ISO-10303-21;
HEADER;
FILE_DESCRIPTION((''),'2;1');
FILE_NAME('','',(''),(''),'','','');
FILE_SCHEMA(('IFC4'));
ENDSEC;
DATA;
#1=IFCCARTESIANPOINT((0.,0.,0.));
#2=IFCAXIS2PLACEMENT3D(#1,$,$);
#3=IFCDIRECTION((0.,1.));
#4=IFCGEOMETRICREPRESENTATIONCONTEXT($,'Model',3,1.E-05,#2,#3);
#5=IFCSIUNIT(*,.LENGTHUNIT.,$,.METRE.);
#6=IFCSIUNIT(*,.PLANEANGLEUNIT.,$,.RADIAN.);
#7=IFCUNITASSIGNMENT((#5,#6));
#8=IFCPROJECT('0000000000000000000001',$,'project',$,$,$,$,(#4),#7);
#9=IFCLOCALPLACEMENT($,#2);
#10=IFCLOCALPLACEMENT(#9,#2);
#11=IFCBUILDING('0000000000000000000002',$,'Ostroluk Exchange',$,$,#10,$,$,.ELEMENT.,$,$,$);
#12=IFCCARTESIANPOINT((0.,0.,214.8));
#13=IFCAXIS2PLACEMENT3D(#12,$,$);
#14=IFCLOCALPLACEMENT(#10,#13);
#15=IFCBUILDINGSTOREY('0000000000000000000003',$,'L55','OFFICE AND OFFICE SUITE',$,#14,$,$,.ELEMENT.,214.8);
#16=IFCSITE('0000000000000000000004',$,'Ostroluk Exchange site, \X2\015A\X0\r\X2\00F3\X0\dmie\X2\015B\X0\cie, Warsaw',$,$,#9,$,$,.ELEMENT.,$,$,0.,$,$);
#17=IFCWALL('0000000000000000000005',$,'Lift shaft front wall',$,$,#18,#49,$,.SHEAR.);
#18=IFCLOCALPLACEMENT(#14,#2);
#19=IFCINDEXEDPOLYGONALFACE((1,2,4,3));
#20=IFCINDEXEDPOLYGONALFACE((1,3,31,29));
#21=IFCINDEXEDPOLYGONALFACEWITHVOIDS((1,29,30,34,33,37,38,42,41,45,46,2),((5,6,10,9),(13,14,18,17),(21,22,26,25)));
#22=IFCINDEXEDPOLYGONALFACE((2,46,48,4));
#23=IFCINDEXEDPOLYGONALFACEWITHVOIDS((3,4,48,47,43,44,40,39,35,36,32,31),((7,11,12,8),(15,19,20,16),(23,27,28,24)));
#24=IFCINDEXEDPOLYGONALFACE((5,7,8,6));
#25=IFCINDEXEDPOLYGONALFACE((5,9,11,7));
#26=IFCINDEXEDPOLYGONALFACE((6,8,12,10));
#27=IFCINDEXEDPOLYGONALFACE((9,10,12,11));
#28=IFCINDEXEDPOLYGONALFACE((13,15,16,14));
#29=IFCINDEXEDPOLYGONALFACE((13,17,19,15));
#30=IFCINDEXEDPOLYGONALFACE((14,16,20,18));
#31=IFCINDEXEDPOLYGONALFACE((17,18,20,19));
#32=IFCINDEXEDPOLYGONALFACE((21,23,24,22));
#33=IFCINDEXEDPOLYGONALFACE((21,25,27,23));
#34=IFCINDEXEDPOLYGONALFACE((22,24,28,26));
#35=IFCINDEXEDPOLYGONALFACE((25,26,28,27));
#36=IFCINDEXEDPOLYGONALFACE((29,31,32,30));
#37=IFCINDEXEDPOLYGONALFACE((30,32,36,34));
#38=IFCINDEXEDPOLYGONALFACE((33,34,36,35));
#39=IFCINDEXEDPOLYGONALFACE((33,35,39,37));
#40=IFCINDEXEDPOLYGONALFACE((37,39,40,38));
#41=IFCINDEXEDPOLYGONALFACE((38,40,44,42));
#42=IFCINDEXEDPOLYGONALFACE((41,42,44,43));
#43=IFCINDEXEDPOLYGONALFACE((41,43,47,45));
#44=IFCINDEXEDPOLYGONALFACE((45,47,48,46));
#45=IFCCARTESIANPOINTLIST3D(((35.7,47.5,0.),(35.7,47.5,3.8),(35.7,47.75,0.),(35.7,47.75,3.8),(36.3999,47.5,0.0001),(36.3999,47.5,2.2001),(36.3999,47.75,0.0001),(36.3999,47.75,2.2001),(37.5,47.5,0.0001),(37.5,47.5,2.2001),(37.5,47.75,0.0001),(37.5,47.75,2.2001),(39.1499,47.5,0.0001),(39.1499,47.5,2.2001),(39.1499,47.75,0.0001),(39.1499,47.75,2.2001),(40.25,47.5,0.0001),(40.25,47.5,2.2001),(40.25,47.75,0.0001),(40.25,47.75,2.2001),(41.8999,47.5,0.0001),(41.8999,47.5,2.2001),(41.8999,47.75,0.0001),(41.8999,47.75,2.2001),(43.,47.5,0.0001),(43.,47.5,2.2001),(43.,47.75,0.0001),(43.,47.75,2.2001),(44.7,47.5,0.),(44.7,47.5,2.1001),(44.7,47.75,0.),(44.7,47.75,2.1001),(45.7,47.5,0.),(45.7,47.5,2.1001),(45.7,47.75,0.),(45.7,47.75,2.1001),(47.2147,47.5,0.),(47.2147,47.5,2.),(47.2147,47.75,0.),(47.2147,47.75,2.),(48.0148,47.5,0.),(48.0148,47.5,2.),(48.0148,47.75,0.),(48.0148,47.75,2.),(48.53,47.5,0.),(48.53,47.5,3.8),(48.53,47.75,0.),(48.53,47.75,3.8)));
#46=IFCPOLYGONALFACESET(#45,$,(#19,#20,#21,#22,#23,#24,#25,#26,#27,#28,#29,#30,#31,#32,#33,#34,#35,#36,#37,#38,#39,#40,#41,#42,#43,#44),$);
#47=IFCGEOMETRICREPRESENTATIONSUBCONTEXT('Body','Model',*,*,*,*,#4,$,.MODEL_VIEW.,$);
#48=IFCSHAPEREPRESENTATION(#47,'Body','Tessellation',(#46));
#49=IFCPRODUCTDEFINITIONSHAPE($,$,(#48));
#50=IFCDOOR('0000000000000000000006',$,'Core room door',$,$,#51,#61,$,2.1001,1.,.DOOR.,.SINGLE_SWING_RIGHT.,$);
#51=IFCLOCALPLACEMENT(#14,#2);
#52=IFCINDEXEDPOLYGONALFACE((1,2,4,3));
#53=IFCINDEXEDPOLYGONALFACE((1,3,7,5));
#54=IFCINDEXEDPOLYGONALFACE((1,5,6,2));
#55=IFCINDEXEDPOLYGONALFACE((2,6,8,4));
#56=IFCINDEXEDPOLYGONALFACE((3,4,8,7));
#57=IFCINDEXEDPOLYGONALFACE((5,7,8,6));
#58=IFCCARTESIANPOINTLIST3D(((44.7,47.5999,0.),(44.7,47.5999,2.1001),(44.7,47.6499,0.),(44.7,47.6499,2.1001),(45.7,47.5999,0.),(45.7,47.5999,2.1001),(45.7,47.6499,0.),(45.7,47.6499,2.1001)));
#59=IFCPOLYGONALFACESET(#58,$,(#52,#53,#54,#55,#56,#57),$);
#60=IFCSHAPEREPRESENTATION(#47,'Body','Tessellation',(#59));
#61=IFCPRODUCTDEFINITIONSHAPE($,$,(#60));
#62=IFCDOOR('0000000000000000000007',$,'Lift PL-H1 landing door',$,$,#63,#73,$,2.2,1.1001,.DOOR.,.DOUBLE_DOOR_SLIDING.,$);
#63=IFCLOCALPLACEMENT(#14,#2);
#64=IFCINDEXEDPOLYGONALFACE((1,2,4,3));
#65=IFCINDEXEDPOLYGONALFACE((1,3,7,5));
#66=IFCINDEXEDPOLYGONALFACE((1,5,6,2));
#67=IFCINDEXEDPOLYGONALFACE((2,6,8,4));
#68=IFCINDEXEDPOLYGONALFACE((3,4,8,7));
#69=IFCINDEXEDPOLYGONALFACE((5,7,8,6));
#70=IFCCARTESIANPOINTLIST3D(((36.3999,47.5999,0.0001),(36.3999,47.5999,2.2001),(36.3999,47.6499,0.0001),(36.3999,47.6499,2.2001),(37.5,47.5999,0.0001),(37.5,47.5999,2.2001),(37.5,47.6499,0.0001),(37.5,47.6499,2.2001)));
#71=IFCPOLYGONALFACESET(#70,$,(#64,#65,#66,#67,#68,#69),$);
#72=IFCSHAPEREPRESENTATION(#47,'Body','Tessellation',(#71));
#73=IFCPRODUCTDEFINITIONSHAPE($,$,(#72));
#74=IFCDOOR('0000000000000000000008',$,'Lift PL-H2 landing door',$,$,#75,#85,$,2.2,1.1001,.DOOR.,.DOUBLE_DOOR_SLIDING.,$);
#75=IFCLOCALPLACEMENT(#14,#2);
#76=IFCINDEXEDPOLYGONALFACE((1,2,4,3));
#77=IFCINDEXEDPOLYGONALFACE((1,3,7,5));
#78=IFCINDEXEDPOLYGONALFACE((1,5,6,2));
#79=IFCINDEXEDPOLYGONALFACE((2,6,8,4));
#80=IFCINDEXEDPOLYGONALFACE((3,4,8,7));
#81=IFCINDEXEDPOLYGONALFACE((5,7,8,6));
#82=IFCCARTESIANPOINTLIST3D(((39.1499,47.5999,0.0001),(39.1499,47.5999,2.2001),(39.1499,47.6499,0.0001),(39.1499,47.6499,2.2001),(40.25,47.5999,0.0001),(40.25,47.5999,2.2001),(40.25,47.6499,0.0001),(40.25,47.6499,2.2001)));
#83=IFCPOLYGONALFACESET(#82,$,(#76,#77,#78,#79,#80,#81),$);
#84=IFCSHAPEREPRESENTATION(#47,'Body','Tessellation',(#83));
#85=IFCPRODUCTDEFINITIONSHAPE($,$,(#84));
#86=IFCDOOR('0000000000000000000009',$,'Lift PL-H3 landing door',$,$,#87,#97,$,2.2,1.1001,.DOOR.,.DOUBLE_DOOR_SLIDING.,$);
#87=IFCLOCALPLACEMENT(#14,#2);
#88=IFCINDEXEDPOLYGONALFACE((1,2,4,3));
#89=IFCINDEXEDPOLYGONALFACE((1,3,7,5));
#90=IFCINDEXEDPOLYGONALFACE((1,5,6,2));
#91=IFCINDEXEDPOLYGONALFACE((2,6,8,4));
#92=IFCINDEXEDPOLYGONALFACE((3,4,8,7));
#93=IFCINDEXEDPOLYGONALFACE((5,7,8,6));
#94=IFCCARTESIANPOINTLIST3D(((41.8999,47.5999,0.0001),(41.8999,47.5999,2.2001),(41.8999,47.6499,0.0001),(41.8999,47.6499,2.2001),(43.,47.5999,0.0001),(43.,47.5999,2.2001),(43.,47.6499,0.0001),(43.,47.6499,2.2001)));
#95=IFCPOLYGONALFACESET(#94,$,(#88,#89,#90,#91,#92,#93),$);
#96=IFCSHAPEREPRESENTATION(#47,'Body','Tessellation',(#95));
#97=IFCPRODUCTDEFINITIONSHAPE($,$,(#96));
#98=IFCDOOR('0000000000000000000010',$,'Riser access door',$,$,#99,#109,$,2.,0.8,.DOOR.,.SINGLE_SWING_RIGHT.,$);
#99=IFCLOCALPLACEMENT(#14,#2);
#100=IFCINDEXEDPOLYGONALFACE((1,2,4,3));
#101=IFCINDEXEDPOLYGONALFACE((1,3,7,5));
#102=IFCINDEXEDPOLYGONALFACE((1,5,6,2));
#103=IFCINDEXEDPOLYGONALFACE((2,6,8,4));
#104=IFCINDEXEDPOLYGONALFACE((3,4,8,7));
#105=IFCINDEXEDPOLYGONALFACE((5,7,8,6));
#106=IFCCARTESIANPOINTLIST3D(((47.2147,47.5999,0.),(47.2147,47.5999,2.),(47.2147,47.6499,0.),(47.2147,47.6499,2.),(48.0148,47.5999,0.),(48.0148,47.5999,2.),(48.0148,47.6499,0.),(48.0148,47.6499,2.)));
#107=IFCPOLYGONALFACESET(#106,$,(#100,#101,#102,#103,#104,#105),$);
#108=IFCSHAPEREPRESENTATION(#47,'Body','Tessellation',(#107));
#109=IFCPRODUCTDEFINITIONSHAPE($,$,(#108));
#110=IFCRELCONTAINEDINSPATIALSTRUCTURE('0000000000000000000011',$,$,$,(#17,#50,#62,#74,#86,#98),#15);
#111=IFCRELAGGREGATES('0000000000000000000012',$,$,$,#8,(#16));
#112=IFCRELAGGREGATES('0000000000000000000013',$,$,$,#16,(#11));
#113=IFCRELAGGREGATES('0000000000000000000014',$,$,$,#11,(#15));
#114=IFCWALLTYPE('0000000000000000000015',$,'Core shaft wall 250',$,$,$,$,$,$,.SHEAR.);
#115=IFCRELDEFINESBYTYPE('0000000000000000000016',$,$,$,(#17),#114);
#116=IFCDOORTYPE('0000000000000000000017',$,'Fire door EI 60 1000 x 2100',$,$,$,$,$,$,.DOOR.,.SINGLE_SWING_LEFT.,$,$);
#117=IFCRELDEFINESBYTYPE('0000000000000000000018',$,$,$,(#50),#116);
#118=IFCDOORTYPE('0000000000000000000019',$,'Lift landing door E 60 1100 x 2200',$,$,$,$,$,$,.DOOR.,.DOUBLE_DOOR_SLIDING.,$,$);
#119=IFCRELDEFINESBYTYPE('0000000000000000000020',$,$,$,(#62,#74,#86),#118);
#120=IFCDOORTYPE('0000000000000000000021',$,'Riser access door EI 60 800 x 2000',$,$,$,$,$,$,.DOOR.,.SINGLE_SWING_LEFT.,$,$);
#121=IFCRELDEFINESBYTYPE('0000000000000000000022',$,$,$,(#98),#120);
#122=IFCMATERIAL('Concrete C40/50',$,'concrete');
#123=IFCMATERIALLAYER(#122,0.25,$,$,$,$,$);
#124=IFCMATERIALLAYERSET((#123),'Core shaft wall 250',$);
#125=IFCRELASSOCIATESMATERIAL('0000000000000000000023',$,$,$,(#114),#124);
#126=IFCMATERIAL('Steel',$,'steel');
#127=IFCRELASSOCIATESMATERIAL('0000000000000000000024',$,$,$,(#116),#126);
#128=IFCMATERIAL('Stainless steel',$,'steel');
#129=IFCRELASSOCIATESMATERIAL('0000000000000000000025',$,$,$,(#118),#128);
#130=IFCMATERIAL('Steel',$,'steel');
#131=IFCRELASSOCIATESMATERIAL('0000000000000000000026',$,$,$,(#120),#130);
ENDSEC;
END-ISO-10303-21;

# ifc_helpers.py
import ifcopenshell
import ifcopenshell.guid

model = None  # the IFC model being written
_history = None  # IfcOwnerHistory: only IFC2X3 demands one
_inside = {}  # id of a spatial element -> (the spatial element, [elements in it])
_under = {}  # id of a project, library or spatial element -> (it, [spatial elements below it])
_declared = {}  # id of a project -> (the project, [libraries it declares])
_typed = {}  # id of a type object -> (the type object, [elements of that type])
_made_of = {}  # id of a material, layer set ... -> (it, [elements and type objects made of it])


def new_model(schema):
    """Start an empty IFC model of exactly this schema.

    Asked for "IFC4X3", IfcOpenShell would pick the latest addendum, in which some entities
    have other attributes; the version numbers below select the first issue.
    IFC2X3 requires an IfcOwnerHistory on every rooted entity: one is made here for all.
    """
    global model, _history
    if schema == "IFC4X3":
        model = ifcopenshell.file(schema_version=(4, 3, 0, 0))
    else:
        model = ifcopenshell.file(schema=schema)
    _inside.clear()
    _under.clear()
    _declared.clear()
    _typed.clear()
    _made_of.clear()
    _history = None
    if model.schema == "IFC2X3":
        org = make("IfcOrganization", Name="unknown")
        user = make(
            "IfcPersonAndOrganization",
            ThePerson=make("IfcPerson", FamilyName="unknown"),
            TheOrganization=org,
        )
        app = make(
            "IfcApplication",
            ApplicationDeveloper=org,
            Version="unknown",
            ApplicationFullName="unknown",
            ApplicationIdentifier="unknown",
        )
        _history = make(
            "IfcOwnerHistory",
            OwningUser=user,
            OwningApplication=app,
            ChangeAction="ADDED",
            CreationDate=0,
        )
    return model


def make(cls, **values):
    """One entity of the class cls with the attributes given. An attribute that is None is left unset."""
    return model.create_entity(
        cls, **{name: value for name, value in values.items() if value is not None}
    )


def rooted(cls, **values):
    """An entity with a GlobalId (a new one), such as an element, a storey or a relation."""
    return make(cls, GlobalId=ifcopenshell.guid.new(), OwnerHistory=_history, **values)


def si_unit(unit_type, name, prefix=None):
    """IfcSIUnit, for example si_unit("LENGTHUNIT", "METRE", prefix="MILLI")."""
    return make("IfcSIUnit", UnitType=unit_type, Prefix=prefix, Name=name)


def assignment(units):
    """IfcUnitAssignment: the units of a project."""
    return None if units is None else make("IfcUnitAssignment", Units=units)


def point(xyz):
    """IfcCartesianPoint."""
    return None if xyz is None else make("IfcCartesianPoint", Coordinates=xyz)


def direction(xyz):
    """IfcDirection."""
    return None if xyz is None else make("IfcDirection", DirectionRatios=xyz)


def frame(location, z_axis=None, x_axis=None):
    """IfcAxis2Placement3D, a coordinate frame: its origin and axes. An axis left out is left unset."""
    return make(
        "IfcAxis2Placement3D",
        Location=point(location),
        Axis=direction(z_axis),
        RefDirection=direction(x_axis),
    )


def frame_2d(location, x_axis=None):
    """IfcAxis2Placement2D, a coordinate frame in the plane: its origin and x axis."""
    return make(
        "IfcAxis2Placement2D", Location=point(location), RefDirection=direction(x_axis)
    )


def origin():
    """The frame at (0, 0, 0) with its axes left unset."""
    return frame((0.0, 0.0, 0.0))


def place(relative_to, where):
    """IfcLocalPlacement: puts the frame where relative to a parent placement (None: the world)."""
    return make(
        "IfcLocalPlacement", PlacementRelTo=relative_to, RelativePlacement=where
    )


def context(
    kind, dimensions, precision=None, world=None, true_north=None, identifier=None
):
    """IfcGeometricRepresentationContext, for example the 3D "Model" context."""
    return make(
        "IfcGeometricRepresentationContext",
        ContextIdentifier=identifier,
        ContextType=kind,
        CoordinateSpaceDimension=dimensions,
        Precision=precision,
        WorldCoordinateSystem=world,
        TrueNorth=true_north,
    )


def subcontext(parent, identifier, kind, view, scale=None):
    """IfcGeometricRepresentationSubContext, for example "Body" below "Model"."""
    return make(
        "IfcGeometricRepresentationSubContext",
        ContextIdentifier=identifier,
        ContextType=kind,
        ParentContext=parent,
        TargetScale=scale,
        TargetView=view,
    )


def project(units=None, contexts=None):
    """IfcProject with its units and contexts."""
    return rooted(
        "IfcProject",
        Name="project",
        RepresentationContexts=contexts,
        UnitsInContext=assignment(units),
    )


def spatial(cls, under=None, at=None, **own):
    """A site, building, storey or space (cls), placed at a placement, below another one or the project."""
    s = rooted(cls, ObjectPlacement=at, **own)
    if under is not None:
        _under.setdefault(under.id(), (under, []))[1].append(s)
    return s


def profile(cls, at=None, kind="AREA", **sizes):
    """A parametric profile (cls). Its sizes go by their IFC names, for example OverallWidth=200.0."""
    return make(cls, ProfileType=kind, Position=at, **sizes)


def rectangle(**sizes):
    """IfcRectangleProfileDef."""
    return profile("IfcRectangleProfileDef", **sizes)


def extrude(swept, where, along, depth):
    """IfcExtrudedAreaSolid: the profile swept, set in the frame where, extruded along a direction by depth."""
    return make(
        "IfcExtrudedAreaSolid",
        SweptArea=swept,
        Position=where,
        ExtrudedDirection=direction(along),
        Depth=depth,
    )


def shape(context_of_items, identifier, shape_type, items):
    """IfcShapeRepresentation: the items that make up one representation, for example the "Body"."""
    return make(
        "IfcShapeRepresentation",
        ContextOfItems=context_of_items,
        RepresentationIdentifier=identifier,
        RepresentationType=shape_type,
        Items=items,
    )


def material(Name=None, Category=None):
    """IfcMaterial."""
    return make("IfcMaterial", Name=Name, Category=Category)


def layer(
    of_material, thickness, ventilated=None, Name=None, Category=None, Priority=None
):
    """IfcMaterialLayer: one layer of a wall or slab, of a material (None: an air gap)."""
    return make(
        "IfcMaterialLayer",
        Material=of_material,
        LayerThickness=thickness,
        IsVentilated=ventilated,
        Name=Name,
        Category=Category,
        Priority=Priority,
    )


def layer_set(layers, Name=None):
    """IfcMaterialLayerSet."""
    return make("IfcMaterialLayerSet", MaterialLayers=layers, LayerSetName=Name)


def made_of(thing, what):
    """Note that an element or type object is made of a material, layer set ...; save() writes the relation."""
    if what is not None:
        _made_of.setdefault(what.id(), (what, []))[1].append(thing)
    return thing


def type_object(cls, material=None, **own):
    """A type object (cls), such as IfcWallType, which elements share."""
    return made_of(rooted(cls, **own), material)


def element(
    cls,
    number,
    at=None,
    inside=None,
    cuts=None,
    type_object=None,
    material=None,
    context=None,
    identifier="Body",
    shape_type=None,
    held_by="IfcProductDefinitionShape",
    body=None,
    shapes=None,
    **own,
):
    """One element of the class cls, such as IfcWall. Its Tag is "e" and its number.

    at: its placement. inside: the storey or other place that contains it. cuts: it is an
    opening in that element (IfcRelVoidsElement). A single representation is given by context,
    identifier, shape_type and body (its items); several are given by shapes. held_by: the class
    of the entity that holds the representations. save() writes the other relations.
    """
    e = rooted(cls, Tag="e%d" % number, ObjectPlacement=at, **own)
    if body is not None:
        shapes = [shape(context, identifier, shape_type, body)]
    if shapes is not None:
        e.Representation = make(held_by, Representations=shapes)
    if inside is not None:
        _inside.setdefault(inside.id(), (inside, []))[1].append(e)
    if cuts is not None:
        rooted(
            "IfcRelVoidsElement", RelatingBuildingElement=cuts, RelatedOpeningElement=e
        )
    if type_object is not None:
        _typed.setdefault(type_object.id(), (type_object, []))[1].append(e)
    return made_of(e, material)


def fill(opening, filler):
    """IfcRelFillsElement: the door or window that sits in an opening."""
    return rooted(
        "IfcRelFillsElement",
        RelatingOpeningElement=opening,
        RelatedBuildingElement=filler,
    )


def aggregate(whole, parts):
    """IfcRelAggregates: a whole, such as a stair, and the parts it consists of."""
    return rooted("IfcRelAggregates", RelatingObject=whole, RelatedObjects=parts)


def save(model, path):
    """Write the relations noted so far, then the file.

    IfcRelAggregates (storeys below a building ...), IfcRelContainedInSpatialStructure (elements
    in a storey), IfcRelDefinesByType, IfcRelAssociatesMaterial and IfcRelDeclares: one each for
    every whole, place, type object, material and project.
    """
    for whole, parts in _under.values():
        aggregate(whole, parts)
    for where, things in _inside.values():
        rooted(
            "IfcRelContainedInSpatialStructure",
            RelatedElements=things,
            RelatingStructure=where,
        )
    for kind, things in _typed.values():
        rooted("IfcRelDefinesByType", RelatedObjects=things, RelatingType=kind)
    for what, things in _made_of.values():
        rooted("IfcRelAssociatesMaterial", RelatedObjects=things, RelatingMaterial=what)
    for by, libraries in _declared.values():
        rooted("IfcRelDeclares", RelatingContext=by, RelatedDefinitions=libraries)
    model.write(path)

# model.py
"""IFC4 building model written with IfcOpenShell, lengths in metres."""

from ifc_helpers import new_model, si_unit, direction, frame, frame_2d, origin, place, context, subcontext, project, spatial, rectangle, extrude, material, layer, layer_set, type_object, element, fill, save


model = new_model("IFC4")

# Units and contexts
model_context = context("Model", 3, precision=1e-05, world=origin(), true_north=direction((0.0, 1.0)))
body_context = subcontext(model_context, "Body", "Model", "MODEL_VIEW")
ifc_project = project(units=[si_unit("LENGTHUNIT", "METRE"), si_unit("PLANEANGLEUNIT", "RADIAN")], contexts=[model_context])

# Site, building, storey
site_placement = place(None, origin())
site = spatial("IfcSite", under=ifc_project, at=site_placement, Name="Ostroluk Exchange site, Śródmieście, Warsaw", CompositionType="ELEMENT", RefElevation=0.0)
building_placement = place(site_placement, origin())
building = spatial("IfcBuilding", under=site, at=building_placement, Name="Ostroluk Exchange", CompositionType="ELEMENT")
storey_placement = place(building_placement, frame((0.0, 0.0, 214.8)))
storey = spatial("IfcBuildingStorey", under=building, at=storey_placement, Name="L55", Description="OFFICE AND OFFICE SUITE", CompositionType="ELEMENT", Elevation=214.8)

# Shared definitions
ifc_material_1 = material(Name="Concrete C40/50", Category="concrete")
ifc_layer_1 = layer(ifc_material_1, 0.25)
ifc_layer_set_1 = layer_set([ifc_layer_1], Name="Core shaft wall 250")
wall_type_1 = type_object("IfcWallType", Name="Core shaft wall 250", PredefinedType="SHEAR", material=ifc_layer_set_1)

# Wall, openings, doors
wall_1_placement = place(storey_placement, frame((35.7, 47.625, 0.0), z_axis=(0.0, 0.0, 1.0), x_axis=(1.0, 0.0, 0.0)))
wall_1 = element("IfcWall", 1, at=wall_1_placement, inside=storey, type_object=wall_type_1, Name="Lift shaft front wall", PredefinedType="SHEAR", context=body_context, shape_type="SweptSolid", body=[
    extrude(rectangle(XDim=12.8301, YDim=0.25, at=frame_2d((6.415, 0.0))), origin(), (0.0, 0.0, 1.0), 3.8),
])
opening_1_placement = place(wall_1_placement, frame((0.7, 0.0, 0.0)))
opening_1 = element("IfcOpeningElement", 2, at=opening_1_placement, cuts=wall_1, PredefinedType="OPENING", context=body_context, shape_type="SweptSolid", body=[
    extrude(rectangle(XDim=1.1001, YDim=2.2, at=frame_2d((0.55, 1.1001))), frame((0.0, 0.135, 0.0), z_axis=(0.0, -1.0, 0.0), x_axis=(1.0, 0.0, 0.0)), (0.0, 0.0, 1.0), 0.27),
])
opening_2_placement = place(wall_1_placement, frame((3.45, 0.0, 0.0)))
opening_2 = element("IfcOpeningElement", 3, at=opening_2_placement, cuts=wall_1, PredefinedType="OPENING", context=body_context, shape_type="SweptSolid", body=[
    extrude(rectangle(XDim=1.1001, YDim=2.2, at=frame_2d((0.55, 1.1001))), frame((0.0, 0.135, 0.0), z_axis=(0.0, -1.0, 0.0), x_axis=(1.0, 0.0, 0.0)), (0.0, 0.0, 1.0), 0.27),
])
opening_3_placement = place(wall_1_placement, frame((6.2, 0.0, 0.0)))
opening_3 = element("IfcOpeningElement", 4, at=opening_3_placement, cuts=wall_1, PredefinedType="OPENING", context=body_context, shape_type="SweptSolid", body=[
    extrude(rectangle(XDim=1.1001, YDim=2.2, at=frame_2d((0.55, 1.1001))), frame((0.0, 0.135, 0.0), z_axis=(0.0, -1.0, 0.0), x_axis=(1.0, 0.0, 0.0)), (0.0, 0.0, 1.0), 0.27),
])
opening_4_placement = place(wall_1_placement, frame((9.0, 0.0, 0.0)))
opening_4 = element("IfcOpeningElement", 5, at=opening_4_placement, cuts=wall_1, PredefinedType="OPENING", context=body_context, shape_type="SweptSolid", body=[
    extrude(rectangle(XDim=1.0, YDim=2.1001, at=frame_2d((0.5, 1.05))), frame((0.0, 0.135, 0.0), z_axis=(0.0, -1.0, 0.0), x_axis=(1.0, 0.0, 0.0)), (0.0, 0.0, 1.0), 0.27),
])
opening_5_placement = place(wall_1_placement, frame((11.5149, 0.0, 0.0)))
opening_5 = element("IfcOpeningElement", 6, at=opening_5_placement, cuts=wall_1, PredefinedType="OPENING", context=body_context, shape_type="SweptSolid", body=[
    extrude(rectangle(XDim=0.8, YDim=2.0, at=frame_2d((0.3999, 1.0))), frame((0.0, 0.135, 0.0), z_axis=(0.0, -1.0, 0.0), x_axis=(1.0, 0.0, 0.0)), (0.0, 0.0, 1.0), 0.27),
])
ifc_material_2 = material(Name="Steel", Category="steel")
door_type_1 = type_object("IfcDoorType", Name="Fire door EI 60 1000 x 2100", OperationType="SINGLE_SWING_LEFT", PredefinedType="DOOR", material=ifc_material_2)
door_1_placement = place(opening_4_placement, origin())
door_1 = element("IfcDoor", 7, at=door_1_placement, inside=storey, type_object=door_type_1, Name="Core room door", OperationType="SINGLE_SWING_RIGHT", OverallHeight=2.1001, OverallWidth=1.0, PredefinedType="DOOR", context=body_context, shape_type="SweptSolid", body=[
    extrude(rectangle(XDim=1.0, YDim=2.1001, at=frame_2d((0.5, 1.05))), frame((0.0, 0.0249, 0.0), z_axis=(0.0, -1.0, 0.0), x_axis=(1.0, 0.0, 0.0)), (0.0, 0.0, 1.0), 0.05),
])
fill(opening_4, door_1)
ifc_material_3 = material(Name="Stainless steel", Category="steel")
door_type_2 = type_object("IfcDoorType", Name="Lift landing door E 60 1100 x 2200", OperationType="DOUBLE_DOOR_SLIDING", PredefinedType="DOOR", material=ifc_material_3)
door_2_placement = place(opening_1_placement, origin())
door_2 = element("IfcDoor", 8, at=door_2_placement, inside=storey, type_object=door_type_2, Name="Lift PL-H1 landing door", OperationType="DOUBLE_DOOR_SLIDING", OverallHeight=2.2, OverallWidth=1.1001, PredefinedType="DOOR", context=body_context, shape_type="SweptSolid", body=[
    extrude(rectangle(XDim=1.1001, YDim=2.2, at=frame_2d((0.55, 1.1001))), frame((0.0, 0.0249, 0.0), z_axis=(0.0, -1.0, 0.0), x_axis=(1.0, 0.0, 0.0)), (0.0, 0.0, 1.0), 0.05),
])
fill(opening_1, door_2)
door_3_placement = place(opening_2_placement, origin())
door_3 = element("IfcDoor", 9, at=door_3_placement, inside=storey, type_object=door_type_2, Name="Lift PL-H2 landing door", OperationType="DOUBLE_DOOR_SLIDING", OverallHeight=2.2, OverallWidth=1.1001, PredefinedType="DOOR", context=body_context, shape_type="SweptSolid", body=[
    extrude(rectangle(XDim=1.1001, YDim=2.2, at=frame_2d((0.55, 1.1001))), frame((0.0, 0.0249, 0.0), z_axis=(0.0, -1.0, 0.0), x_axis=(1.0, 0.0, 0.0)), (0.0, 0.0, 1.0), 0.05),
])
fill(opening_2, door_3)
door_4_placement = place(opening_3_placement, origin())
door_4 = element("IfcDoor", 10, at=door_4_placement, inside=storey, type_object=door_type_2, Name="Lift PL-H3 landing door", OperationType="DOUBLE_DOOR_SLIDING", OverallHeight=2.2, OverallWidth=1.1001, PredefinedType="DOOR", context=body_context, shape_type="SweptSolid", body=[
    extrude(rectangle(XDim=1.1001, YDim=2.2, at=frame_2d((0.55, 1.1001))), frame((0.0, 0.0249, 0.0), z_axis=(0.0, -1.0, 0.0), x_axis=(1.0, 0.0, 0.0)), (0.0, 0.0, 1.0), 0.05),
])
fill(opening_3, door_4)
ifc_material_4 = material(Name="Steel", Category="steel")
door_type_3 = type_object("IfcDoorType", Name="Riser access door EI 60 800 x 2000", OperationType="SINGLE_SWING_LEFT", PredefinedType="DOOR", material=ifc_material_4)
door_5_placement = place(opening_5_placement, origin())
door_5 = element("IfcDoor", 11, at=door_5_placement, inside=storey, type_object=door_type_3, Name="Riser access door", OperationType="SINGLE_SWING_RIGHT", OverallHeight=2.0, OverallWidth=0.8, PredefinedType="DOOR", context=body_context, shape_type="SweptSolid", body=[
    extrude(rectangle(XDim=0.8, YDim=2.0, at=frame_2d((0.3999, 1.0))), frame((0.0, 0.0249, 0.0), z_axis=(0.0, -1.0, 0.0), x_axis=(1.0, 0.0, 0.0)), (0.0, 0.0, 1.0), 0.05),
])
fill(opening_5, door_5)

save(model, "model.ifc")
